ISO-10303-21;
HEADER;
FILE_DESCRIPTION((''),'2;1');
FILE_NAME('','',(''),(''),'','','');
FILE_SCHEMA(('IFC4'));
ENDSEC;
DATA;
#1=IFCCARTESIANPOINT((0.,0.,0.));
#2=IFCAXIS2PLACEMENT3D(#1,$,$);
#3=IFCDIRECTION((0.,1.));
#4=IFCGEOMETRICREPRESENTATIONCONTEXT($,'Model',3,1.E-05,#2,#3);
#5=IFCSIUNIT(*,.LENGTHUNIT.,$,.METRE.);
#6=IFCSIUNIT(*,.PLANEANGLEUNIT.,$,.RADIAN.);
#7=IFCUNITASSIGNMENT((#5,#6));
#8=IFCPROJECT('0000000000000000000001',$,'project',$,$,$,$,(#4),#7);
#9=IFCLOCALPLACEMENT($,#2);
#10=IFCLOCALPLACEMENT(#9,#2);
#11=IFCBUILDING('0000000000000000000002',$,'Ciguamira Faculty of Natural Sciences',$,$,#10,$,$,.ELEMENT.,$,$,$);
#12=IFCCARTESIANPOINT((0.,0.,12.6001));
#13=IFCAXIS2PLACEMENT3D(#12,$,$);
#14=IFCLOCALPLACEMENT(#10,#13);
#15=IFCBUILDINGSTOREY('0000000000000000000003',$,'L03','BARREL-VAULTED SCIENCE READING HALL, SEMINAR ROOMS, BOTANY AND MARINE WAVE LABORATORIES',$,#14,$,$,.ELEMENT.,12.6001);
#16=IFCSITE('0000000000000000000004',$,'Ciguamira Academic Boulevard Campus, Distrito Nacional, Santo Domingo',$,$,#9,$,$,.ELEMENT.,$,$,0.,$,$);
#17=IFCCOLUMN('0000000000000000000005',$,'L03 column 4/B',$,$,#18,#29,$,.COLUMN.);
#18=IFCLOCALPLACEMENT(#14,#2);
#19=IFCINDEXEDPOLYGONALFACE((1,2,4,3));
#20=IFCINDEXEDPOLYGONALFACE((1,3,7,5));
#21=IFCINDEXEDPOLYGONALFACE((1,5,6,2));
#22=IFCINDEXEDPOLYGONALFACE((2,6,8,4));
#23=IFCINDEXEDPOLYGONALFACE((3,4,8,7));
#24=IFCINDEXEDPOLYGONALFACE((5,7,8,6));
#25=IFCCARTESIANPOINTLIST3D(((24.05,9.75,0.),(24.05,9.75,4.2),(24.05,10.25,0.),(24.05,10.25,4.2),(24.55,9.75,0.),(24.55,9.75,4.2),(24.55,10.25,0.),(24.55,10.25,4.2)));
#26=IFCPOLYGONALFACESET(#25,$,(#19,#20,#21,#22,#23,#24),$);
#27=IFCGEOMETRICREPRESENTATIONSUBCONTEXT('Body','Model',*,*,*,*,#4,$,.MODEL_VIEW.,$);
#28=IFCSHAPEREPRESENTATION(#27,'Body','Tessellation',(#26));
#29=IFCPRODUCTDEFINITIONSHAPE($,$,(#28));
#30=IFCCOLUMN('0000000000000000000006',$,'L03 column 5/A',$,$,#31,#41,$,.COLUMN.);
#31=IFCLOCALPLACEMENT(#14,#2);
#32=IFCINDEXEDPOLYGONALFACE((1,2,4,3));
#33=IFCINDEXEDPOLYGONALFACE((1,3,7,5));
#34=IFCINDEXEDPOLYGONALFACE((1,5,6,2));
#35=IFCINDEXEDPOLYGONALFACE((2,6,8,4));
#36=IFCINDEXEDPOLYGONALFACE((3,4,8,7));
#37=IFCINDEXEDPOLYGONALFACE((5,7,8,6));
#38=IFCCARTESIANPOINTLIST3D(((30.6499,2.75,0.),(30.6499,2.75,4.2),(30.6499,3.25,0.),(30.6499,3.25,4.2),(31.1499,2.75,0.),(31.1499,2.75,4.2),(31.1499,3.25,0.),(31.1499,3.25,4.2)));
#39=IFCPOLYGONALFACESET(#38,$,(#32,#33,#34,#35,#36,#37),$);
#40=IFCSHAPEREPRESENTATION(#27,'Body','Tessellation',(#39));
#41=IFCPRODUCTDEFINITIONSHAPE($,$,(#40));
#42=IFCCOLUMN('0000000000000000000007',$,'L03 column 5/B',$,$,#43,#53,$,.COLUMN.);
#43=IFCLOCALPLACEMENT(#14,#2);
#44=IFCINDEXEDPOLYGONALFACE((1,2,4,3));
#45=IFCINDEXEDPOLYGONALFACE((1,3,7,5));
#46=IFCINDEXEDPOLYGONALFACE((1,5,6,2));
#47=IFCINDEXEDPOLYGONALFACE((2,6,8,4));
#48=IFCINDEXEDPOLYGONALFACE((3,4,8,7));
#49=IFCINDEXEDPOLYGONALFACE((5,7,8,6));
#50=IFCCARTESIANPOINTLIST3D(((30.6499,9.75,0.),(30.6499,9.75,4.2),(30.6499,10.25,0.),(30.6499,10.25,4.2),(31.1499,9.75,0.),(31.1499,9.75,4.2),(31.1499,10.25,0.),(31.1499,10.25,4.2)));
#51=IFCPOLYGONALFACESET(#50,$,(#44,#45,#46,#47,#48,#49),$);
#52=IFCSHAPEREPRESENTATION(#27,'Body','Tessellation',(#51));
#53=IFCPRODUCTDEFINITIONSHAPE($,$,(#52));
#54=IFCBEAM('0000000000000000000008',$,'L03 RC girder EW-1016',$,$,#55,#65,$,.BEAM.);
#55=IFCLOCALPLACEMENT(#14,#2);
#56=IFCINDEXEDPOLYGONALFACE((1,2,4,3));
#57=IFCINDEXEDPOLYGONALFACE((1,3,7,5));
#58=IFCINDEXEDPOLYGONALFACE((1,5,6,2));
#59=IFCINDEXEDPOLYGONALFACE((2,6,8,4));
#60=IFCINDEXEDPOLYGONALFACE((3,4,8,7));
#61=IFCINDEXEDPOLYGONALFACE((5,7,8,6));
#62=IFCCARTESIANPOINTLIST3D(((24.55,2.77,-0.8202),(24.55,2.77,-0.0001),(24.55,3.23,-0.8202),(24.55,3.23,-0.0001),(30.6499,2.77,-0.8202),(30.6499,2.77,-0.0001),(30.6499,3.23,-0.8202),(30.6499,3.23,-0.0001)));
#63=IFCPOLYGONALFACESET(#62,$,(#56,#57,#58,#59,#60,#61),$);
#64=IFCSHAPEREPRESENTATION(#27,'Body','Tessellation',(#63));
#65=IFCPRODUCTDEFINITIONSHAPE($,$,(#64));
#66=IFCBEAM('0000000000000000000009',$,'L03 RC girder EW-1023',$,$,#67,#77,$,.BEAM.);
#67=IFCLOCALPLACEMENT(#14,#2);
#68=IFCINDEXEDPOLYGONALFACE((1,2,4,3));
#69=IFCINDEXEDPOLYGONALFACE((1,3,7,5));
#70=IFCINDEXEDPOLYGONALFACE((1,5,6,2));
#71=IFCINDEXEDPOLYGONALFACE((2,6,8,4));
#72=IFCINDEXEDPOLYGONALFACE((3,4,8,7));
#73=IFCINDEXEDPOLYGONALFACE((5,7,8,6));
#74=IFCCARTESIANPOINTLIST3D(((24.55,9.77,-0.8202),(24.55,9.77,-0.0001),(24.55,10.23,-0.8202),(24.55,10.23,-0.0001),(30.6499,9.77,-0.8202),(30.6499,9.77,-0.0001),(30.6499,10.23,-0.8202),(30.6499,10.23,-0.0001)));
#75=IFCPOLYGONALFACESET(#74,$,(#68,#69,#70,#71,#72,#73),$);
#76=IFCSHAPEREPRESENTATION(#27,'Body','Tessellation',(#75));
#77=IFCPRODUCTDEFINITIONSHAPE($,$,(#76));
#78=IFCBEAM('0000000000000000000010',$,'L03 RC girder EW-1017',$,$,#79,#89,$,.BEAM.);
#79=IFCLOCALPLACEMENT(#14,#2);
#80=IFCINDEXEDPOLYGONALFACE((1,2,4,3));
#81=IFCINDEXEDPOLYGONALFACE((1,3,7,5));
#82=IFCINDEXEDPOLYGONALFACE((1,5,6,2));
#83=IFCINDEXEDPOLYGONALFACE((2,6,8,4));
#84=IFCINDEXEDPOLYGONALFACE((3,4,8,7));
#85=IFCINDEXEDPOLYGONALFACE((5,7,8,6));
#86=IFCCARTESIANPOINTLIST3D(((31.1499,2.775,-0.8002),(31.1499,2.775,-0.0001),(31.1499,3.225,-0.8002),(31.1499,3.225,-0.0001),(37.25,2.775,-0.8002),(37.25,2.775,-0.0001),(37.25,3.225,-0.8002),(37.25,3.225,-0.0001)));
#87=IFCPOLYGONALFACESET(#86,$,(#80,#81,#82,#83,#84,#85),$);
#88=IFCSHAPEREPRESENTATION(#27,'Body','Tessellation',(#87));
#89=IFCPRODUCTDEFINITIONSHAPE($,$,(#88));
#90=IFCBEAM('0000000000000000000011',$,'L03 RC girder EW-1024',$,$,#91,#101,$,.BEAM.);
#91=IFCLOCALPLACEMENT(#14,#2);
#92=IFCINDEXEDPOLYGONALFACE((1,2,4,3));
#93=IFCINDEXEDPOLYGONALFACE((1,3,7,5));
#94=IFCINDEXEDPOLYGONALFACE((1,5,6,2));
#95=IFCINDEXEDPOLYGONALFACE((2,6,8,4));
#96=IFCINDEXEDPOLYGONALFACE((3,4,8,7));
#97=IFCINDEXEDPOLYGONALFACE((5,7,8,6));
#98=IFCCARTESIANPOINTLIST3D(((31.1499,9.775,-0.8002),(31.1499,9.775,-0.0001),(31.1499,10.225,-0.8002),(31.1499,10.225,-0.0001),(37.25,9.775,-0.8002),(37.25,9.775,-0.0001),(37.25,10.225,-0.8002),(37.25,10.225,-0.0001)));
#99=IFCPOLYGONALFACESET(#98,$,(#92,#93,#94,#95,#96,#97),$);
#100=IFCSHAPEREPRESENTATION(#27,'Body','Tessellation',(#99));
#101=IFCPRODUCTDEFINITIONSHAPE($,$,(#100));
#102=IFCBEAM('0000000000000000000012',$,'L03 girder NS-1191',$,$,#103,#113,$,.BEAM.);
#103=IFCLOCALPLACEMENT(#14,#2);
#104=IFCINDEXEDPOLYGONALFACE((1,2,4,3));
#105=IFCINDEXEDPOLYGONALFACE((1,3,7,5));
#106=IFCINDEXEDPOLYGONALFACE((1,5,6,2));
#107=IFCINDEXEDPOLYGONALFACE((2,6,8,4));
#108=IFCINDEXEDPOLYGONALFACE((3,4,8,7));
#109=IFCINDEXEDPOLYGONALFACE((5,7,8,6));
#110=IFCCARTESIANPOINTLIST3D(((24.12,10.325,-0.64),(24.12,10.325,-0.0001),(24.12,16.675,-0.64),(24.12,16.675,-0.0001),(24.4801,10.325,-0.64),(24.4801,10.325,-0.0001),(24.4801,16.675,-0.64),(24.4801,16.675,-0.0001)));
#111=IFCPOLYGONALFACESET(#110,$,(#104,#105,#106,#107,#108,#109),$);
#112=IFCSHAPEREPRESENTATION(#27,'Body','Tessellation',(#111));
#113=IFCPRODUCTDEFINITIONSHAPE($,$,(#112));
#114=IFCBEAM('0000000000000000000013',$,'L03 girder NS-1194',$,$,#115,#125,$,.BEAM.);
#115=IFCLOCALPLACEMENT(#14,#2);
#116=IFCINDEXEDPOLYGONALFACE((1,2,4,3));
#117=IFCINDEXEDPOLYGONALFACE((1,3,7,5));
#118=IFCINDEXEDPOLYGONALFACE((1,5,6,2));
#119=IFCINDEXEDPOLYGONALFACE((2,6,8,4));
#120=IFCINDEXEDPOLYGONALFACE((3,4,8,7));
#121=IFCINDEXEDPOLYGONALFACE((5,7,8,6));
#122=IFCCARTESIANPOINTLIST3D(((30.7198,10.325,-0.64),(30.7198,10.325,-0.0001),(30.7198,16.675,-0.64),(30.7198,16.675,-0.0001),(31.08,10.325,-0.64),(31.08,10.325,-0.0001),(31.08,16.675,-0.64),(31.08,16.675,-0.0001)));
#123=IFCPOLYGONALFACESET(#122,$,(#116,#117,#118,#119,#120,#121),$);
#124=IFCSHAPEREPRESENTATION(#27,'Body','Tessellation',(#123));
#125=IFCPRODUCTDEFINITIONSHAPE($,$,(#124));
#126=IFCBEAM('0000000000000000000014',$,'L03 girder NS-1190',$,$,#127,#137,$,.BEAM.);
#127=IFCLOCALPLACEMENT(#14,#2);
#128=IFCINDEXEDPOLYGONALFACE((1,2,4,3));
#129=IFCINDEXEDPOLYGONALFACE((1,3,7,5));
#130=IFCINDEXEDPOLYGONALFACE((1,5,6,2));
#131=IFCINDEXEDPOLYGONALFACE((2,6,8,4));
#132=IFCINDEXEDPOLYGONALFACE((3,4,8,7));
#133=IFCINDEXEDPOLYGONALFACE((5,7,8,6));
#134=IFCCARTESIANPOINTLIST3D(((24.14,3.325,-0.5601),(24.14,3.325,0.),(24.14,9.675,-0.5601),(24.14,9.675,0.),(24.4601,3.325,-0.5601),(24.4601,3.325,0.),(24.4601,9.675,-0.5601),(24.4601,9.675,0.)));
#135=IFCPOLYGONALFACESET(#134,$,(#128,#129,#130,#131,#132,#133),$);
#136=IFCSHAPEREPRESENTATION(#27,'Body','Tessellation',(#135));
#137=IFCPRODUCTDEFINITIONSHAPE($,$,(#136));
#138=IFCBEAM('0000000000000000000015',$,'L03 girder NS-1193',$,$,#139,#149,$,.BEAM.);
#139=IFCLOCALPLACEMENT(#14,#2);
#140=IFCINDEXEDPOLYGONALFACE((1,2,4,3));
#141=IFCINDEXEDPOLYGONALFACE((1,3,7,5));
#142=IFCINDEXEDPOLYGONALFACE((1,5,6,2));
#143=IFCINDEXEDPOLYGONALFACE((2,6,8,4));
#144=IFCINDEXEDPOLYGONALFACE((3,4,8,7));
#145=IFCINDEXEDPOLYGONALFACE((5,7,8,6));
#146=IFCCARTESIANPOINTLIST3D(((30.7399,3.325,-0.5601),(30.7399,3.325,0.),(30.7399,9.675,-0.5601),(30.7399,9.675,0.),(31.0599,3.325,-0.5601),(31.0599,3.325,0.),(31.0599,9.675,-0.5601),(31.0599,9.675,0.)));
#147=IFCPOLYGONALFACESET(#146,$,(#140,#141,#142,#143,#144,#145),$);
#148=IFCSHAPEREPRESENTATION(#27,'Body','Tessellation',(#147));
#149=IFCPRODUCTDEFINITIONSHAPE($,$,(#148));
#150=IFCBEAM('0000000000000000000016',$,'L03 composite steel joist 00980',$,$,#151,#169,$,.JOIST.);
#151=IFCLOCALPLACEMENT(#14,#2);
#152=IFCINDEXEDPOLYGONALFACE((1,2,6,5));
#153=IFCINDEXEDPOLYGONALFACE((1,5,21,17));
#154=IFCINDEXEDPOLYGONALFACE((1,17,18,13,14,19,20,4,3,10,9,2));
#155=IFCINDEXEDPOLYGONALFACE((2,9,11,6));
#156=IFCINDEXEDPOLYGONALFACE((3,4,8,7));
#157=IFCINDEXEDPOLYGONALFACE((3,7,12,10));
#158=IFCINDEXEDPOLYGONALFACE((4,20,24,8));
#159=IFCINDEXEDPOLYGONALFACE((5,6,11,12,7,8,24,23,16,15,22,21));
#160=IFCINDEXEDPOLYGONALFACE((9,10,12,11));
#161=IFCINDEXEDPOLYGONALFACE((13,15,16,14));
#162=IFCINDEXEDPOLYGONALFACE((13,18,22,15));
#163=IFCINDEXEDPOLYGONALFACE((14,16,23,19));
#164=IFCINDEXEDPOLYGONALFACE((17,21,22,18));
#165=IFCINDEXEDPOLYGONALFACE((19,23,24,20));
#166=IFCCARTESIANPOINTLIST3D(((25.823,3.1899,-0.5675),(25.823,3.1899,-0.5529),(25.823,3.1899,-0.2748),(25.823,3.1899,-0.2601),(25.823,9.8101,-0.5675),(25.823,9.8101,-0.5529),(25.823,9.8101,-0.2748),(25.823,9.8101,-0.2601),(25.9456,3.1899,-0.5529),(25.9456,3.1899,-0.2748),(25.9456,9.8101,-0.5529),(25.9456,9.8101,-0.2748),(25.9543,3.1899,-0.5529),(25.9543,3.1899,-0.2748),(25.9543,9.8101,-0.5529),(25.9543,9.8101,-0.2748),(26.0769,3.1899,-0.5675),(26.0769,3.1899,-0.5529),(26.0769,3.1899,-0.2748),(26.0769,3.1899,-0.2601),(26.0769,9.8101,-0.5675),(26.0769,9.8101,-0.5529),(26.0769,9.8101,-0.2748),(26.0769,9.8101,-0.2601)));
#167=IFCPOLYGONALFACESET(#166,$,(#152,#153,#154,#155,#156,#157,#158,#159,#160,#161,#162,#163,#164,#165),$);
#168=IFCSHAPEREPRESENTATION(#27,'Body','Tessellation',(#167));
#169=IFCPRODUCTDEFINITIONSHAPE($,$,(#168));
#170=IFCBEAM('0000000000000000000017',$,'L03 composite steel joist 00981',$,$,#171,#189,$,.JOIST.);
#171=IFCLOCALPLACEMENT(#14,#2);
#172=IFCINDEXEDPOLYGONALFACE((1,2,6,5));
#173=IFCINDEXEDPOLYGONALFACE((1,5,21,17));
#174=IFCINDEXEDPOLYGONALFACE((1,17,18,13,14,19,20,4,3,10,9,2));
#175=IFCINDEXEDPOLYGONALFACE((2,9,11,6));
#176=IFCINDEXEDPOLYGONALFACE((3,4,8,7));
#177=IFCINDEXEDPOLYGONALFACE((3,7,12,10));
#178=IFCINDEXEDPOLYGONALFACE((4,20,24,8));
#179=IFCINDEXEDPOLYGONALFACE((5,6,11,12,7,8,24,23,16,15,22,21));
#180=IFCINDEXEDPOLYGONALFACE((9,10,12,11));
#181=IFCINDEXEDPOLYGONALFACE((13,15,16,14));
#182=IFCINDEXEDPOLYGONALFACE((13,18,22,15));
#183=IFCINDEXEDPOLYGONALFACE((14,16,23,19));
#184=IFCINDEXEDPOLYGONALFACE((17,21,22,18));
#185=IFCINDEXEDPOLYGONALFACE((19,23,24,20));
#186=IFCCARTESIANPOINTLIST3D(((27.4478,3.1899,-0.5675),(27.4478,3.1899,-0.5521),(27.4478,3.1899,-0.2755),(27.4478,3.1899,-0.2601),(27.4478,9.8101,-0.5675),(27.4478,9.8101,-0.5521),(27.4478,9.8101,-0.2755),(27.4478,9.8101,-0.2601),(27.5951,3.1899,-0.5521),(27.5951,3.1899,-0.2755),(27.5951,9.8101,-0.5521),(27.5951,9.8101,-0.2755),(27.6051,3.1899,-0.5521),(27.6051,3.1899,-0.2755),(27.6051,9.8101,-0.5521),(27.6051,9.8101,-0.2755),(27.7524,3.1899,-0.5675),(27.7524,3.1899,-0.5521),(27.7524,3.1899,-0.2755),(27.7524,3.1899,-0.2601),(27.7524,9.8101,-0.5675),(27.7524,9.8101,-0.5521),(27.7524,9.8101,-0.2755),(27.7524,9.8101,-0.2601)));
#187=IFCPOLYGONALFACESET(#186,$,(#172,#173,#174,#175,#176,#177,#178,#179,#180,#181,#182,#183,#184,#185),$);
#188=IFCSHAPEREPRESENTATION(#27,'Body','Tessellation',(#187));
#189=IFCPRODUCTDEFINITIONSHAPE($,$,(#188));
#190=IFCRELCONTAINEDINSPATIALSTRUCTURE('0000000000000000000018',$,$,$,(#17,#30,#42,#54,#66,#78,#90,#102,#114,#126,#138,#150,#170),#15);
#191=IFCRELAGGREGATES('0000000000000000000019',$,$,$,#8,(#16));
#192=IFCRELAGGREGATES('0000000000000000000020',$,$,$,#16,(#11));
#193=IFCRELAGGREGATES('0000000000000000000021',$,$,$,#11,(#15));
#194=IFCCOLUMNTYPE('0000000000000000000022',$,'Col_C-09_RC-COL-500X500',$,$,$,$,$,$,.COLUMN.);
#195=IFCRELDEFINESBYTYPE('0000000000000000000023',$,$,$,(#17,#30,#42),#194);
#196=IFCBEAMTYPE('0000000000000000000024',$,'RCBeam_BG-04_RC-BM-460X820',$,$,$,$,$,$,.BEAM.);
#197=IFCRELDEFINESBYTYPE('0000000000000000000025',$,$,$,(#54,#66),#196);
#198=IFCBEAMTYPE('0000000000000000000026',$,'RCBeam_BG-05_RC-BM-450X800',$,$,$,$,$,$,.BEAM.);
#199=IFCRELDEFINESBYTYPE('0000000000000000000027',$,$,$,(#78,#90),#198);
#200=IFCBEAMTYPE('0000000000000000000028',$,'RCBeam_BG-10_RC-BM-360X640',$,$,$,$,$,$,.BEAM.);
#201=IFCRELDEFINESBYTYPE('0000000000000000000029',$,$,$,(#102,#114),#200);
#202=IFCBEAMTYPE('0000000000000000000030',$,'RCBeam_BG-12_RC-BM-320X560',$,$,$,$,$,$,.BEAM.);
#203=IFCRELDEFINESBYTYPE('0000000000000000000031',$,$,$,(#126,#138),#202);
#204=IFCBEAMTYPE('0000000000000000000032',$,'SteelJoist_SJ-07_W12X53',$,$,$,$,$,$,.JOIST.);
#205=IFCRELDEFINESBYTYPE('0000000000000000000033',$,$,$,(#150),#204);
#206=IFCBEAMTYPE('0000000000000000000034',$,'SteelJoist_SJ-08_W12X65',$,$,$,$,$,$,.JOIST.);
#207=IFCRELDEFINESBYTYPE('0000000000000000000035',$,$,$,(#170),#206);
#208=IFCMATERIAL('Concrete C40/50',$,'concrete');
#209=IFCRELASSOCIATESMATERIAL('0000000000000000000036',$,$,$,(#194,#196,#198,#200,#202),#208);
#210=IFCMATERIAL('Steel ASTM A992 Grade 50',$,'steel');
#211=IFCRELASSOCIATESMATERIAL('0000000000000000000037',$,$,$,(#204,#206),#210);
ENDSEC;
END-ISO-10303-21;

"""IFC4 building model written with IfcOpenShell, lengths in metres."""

from ifc_helpers import new_model, si_unit, direction, frame, origin, origin_2d, place, context, subcontext, project, spatial, rectangle, i_section, extrude, material, material_profile, profile_set, type_object, element, save


model = new_model("IFC4")

# Units and contexts
model_context = context("Model", 3, precision=1e-05, world=origin(), true_north=direction((0.0, 1.0)))
body_context = subcontext(model_context, "Body", "Model", "MODEL_VIEW")
ifc_project = project(units=[si_unit("LENGTHUNIT", "METRE"), si_unit("PLANEANGLEUNIT", "RADIAN")], contexts=[model_context])

# Site, building, storey
site_placement = place(None, origin())
site = spatial("IfcSite", under=ifc_project, at=site_placement, Name="Ciguamira Academic Boulevard Campus, Distrito Nacional, Santo Domingo", CompositionType="ELEMENT", RefElevation=0.0)
building_placement = place(site_placement, origin())
building = spatial("IfcBuilding", under=site, at=building_placement, Name="Ciguamira Faculty of Natural Sciences", CompositionType="ELEMENT")
storey_placement = place(building_placement, frame((0.0, 0.0, 12.6001)))
storey = spatial("IfcBuildingStorey", under=building, at=storey_placement, Name="L03", Description="BARREL-VAULTED SCIENCE READING HALL, SEMINAR ROOMS, BOTANY AND MARINE WAVE LABORATORIES", CompositionType="ELEMENT", Elevation=12.6001)

# Columns
ifc_material_1 = material(Name="Concrete C40/50", Category="concrete")
ifc_material_profile_1 = material_profile(ifc_material_1, rectangle(XDim=0.5, YDim=0.5, at=origin_2d()), Name="RC-COL-500X500")
ifc_profile_set_1 = profile_set([ifc_material_profile_1], Name="Concrete C40/50")
column_type = type_object("IfcColumnType", Name="Col_C-09_RC-COL-500X500", PredefinedType="COLUMN", material=ifc_profile_set_1)
for number, where, z_axis, x_axis, name in (
    (1, (24.3, 10.0, 0.0), (0.0, 0.0, 1.0), (1.0, 0.0, 0.0), "L03 column 4/B"),
    (2, (30.8999, 3.0, 0.0), (0.0, 0.0, 1.0), (1.0, 0.0, 0.0), "L03 column 5/A"),
    (3, (30.8999, 10.0, 0.0), (0.0, 0.0, 1.0), (1.0, 0.0, 0.0), "L03 column 5/B"),
):
    element("IfcColumn", number, at=place(storey_placement, frame(where, z_axis=z_axis, x_axis=x_axis)), inside=storey, type_object=column_type, Name=name, PredefinedType="COLUMN", context=body_context, shape_type="SweptSolid", body=[
        extrude(rectangle(XDim=0.5, YDim=0.5, at=origin_2d()), origin(), (0.0, 0.0, 1.0), 4.2),
    ])

# Beams
ifc_material_profile_2 = material_profile(ifc_material_1, rectangle(XDim=0.46, YDim=0.8201, at=origin_2d()), Name="RC-BM-460X820")
ifc_profile_set_2 = profile_set([ifc_material_profile_2], Name="Concrete C40/50")
beam_type_1 = type_object("IfcBeamType", Name="RCBeam_BG-04_RC-BM-460X820", PredefinedType="BEAM", material=ifc_profile_set_2)
for number, where, z_axis, x_axis, name in (
    (4, (24.55, 3.0, -0.4102), (1.0, 0.0, 0.0), (0.0, 1.0, 0.0), "L03 RC girder EW-1016"),
    (5, (24.55, 10.0, -0.4102), (1.0, 0.0, 0.0), (0.0, 1.0, 0.0), "L03 RC girder EW-1023"),
):
    element("IfcBeam", number, at=place(storey_placement, frame(where, z_axis=z_axis, x_axis=x_axis)), inside=storey, type_object=beam_type_1, Name=name, PredefinedType="BEAM", context=body_context, shape_type="SweptSolid", body=[
        extrude(rectangle(XDim=0.46, YDim=0.8201, at=origin_2d()), origin(), (0.0, 0.0, 1.0), 6.0999),
    ])
ifc_material_profile_3 = material_profile(ifc_material_1, rectangle(XDim=0.45, YDim=0.8, at=origin_2d()), Name="RC-BM-450X800")
ifc_profile_set_3 = profile_set([ifc_material_profile_3], Name="Concrete C40/50")
beam_type_2 = type_object("IfcBeamType", Name="RCBeam_BG-05_RC-BM-450X800", PredefinedType="BEAM", material=ifc_profile_set_3)
for number, where, z_axis, x_axis, name in (
    (6, (31.1499, 3.0, -0.4001), (1.0, 0.0, 0.0), (0.0, 1.0, 0.0), "L03 RC girder EW-1017"),
    (7, (31.1499, 10.0, -0.4001), (1.0, 0.0, 0.0), (0.0, 1.0, 0.0), "L03 RC girder EW-1024"),
):
    element("IfcBeam", number, at=place(storey_placement, frame(where, z_axis=z_axis, x_axis=x_axis)), inside=storey, type_object=beam_type_2, Name=name, PredefinedType="BEAM", context=body_context, shape_type="SweptSolid", body=[
        extrude(rectangle(XDim=0.45, YDim=0.8, at=origin_2d()), origin(), (0.0, 0.0, 1.0), 6.1001),
    ])
ifc_material_profile_4 = material_profile(ifc_material_1, rectangle(XDim=0.3601, YDim=0.6399, at=origin_2d()), Name="RC-BM-360X640")
ifc_profile_set_4 = profile_set([ifc_material_profile_4], Name="Concrete C40/50")
beam_type_3 = type_object("IfcBeamType", Name="RCBeam_BG-10_RC-BM-360X640", PredefinedType="BEAM", material=ifc_profile_set_4)
for number, where, z_axis, x_axis, name in (
    (8, (24.3, 10.325, -0.3201), (0.0, 1.0, 0.0), (-1.0, 0.0, 0.0), "L03 girder NS-1191"),
    (9, (30.8999, 10.325, -0.3201), (0.0, 1.0, 0.0), (-1.0, 0.0, 0.0), "L03 girder NS-1194"),
):
    element("IfcBeam", number, at=place(storey_placement, frame(where, z_axis=z_axis, x_axis=x_axis)), inside=storey, type_object=beam_type_3, Name=name, PredefinedType="BEAM", context=body_context, shape_type="SweptSolid", body=[
        extrude(rectangle(XDim=0.3601, YDim=0.6399, at=origin_2d()), origin(), (0.0, 0.0, 1.0), 6.3501),
    ])
ifc_material_profile_5 = material_profile(ifc_material_1, rectangle(XDim=0.3201, YDim=0.5601, at=origin_2d()), Name="RC-BM-320X560")
ifc_profile_set_5 = profile_set([ifc_material_profile_5], Name="Concrete C40/50")
beam_type_4 = type_object("IfcBeamType", Name="RCBeam_BG-12_RC-BM-320X560", PredefinedType="BEAM", material=ifc_profile_set_5)
for number, where, z_axis, x_axis, name in (
    (10, (24.3, 3.325, -0.28), (0.0, 1.0, 0.0), (-1.0, 0.0, 0.0), "L03 girder NS-1190"),
    (11, (30.8999, 3.325, -0.28), (0.0, 1.0, 0.0), (-1.0, 0.0, 0.0), "L03 girder NS-1193"),
):
    element("IfcBeam", number, at=place(storey_placement, frame(where, z_axis=z_axis, x_axis=x_axis)), inside=storey, type_object=beam_type_4, Name=name, PredefinedType="BEAM", context=body_context, shape_type="SweptSolid", body=[
        extrude(rectangle(XDim=0.3201, YDim=0.5601, at=origin_2d()), origin(), (0.0, 0.0, 1.0), 6.3501),
    ])
ifc_material_2 = material(Name="Steel ASTM A992 Grade 50", Category="steel")
ifc_material_profile_6 = material_profile(ifc_material_2, i_section(OverallWidth=0.2539, OverallDepth=0.3074, WebThickness=0.0088, FlangeThickness=0.0146, at=origin_2d()), Name="W12X53")
ifc_profile_set_6 = profile_set([ifc_material_profile_6], Name="Steel ASTM A992 Grade 50")
beam_type_5 = type_object("IfcBeamType", Name="SteelJoist_SJ-07_W12X53", PredefinedType="JOIST", material=ifc_profile_set_6)
beam_1_placement = place(storey_placement, frame((25.95, 3.1899, -0.4138), z_axis=(0.0, 1.0, 0.0), x_axis=(-1.0, 0.0, 0.0)))
element("IfcBeam", 12, at=beam_1_placement, inside=storey, type_object=beam_type_5, Name="L03 composite steel joist 00980", PredefinedType="JOIST", context=body_context, shape_type="SweptSolid", body=[
    extrude(i_section(OverallWidth=0.2539, OverallDepth=0.3074, WebThickness=0.0088, FlangeThickness=0.0146, at=origin_2d()), origin(), (0.0, 0.0, 1.0), 6.6201),
])
ifc_material_profile_7 = material_profile(ifc_material_2, i_section(OverallWidth=0.3047, OverallDepth=0.3074, WebThickness=0.01, FlangeThickness=0.0154, at=origin_2d()), Name="W12X65")
ifc_profile_set_7 = profile_set([ifc_material_profile_7], Name="Steel ASTM A992 Grade 50")
beam_type_6 = type_object("IfcBeamType", Name="SteelJoist_SJ-08_W12X65", PredefinedType="JOIST", material=ifc_profile_set_7)
beam_2_placement = place(storey_placement, frame((27.6001, 3.1899, -0.4138), z_axis=(0.0, 1.0, 0.0), x_axis=(-1.0, 0.0, 0.0)))
element("IfcBeam", 13, at=beam_2_placement, inside=storey, type_object=beam_type_6, Name="L03 composite steel joist 00981", PredefinedType="JOIST", context=body_context, shape_type="SweptSolid", body=[
    extrude(i_section(OverallWidth=0.3047, OverallDepth=0.3074, WebThickness=0.01, FlangeThickness=0.0154, at=origin_2d()), origin(), (0.0, 0.0, 1.0), 6.6201),
])

save(model, "model.ifc")
